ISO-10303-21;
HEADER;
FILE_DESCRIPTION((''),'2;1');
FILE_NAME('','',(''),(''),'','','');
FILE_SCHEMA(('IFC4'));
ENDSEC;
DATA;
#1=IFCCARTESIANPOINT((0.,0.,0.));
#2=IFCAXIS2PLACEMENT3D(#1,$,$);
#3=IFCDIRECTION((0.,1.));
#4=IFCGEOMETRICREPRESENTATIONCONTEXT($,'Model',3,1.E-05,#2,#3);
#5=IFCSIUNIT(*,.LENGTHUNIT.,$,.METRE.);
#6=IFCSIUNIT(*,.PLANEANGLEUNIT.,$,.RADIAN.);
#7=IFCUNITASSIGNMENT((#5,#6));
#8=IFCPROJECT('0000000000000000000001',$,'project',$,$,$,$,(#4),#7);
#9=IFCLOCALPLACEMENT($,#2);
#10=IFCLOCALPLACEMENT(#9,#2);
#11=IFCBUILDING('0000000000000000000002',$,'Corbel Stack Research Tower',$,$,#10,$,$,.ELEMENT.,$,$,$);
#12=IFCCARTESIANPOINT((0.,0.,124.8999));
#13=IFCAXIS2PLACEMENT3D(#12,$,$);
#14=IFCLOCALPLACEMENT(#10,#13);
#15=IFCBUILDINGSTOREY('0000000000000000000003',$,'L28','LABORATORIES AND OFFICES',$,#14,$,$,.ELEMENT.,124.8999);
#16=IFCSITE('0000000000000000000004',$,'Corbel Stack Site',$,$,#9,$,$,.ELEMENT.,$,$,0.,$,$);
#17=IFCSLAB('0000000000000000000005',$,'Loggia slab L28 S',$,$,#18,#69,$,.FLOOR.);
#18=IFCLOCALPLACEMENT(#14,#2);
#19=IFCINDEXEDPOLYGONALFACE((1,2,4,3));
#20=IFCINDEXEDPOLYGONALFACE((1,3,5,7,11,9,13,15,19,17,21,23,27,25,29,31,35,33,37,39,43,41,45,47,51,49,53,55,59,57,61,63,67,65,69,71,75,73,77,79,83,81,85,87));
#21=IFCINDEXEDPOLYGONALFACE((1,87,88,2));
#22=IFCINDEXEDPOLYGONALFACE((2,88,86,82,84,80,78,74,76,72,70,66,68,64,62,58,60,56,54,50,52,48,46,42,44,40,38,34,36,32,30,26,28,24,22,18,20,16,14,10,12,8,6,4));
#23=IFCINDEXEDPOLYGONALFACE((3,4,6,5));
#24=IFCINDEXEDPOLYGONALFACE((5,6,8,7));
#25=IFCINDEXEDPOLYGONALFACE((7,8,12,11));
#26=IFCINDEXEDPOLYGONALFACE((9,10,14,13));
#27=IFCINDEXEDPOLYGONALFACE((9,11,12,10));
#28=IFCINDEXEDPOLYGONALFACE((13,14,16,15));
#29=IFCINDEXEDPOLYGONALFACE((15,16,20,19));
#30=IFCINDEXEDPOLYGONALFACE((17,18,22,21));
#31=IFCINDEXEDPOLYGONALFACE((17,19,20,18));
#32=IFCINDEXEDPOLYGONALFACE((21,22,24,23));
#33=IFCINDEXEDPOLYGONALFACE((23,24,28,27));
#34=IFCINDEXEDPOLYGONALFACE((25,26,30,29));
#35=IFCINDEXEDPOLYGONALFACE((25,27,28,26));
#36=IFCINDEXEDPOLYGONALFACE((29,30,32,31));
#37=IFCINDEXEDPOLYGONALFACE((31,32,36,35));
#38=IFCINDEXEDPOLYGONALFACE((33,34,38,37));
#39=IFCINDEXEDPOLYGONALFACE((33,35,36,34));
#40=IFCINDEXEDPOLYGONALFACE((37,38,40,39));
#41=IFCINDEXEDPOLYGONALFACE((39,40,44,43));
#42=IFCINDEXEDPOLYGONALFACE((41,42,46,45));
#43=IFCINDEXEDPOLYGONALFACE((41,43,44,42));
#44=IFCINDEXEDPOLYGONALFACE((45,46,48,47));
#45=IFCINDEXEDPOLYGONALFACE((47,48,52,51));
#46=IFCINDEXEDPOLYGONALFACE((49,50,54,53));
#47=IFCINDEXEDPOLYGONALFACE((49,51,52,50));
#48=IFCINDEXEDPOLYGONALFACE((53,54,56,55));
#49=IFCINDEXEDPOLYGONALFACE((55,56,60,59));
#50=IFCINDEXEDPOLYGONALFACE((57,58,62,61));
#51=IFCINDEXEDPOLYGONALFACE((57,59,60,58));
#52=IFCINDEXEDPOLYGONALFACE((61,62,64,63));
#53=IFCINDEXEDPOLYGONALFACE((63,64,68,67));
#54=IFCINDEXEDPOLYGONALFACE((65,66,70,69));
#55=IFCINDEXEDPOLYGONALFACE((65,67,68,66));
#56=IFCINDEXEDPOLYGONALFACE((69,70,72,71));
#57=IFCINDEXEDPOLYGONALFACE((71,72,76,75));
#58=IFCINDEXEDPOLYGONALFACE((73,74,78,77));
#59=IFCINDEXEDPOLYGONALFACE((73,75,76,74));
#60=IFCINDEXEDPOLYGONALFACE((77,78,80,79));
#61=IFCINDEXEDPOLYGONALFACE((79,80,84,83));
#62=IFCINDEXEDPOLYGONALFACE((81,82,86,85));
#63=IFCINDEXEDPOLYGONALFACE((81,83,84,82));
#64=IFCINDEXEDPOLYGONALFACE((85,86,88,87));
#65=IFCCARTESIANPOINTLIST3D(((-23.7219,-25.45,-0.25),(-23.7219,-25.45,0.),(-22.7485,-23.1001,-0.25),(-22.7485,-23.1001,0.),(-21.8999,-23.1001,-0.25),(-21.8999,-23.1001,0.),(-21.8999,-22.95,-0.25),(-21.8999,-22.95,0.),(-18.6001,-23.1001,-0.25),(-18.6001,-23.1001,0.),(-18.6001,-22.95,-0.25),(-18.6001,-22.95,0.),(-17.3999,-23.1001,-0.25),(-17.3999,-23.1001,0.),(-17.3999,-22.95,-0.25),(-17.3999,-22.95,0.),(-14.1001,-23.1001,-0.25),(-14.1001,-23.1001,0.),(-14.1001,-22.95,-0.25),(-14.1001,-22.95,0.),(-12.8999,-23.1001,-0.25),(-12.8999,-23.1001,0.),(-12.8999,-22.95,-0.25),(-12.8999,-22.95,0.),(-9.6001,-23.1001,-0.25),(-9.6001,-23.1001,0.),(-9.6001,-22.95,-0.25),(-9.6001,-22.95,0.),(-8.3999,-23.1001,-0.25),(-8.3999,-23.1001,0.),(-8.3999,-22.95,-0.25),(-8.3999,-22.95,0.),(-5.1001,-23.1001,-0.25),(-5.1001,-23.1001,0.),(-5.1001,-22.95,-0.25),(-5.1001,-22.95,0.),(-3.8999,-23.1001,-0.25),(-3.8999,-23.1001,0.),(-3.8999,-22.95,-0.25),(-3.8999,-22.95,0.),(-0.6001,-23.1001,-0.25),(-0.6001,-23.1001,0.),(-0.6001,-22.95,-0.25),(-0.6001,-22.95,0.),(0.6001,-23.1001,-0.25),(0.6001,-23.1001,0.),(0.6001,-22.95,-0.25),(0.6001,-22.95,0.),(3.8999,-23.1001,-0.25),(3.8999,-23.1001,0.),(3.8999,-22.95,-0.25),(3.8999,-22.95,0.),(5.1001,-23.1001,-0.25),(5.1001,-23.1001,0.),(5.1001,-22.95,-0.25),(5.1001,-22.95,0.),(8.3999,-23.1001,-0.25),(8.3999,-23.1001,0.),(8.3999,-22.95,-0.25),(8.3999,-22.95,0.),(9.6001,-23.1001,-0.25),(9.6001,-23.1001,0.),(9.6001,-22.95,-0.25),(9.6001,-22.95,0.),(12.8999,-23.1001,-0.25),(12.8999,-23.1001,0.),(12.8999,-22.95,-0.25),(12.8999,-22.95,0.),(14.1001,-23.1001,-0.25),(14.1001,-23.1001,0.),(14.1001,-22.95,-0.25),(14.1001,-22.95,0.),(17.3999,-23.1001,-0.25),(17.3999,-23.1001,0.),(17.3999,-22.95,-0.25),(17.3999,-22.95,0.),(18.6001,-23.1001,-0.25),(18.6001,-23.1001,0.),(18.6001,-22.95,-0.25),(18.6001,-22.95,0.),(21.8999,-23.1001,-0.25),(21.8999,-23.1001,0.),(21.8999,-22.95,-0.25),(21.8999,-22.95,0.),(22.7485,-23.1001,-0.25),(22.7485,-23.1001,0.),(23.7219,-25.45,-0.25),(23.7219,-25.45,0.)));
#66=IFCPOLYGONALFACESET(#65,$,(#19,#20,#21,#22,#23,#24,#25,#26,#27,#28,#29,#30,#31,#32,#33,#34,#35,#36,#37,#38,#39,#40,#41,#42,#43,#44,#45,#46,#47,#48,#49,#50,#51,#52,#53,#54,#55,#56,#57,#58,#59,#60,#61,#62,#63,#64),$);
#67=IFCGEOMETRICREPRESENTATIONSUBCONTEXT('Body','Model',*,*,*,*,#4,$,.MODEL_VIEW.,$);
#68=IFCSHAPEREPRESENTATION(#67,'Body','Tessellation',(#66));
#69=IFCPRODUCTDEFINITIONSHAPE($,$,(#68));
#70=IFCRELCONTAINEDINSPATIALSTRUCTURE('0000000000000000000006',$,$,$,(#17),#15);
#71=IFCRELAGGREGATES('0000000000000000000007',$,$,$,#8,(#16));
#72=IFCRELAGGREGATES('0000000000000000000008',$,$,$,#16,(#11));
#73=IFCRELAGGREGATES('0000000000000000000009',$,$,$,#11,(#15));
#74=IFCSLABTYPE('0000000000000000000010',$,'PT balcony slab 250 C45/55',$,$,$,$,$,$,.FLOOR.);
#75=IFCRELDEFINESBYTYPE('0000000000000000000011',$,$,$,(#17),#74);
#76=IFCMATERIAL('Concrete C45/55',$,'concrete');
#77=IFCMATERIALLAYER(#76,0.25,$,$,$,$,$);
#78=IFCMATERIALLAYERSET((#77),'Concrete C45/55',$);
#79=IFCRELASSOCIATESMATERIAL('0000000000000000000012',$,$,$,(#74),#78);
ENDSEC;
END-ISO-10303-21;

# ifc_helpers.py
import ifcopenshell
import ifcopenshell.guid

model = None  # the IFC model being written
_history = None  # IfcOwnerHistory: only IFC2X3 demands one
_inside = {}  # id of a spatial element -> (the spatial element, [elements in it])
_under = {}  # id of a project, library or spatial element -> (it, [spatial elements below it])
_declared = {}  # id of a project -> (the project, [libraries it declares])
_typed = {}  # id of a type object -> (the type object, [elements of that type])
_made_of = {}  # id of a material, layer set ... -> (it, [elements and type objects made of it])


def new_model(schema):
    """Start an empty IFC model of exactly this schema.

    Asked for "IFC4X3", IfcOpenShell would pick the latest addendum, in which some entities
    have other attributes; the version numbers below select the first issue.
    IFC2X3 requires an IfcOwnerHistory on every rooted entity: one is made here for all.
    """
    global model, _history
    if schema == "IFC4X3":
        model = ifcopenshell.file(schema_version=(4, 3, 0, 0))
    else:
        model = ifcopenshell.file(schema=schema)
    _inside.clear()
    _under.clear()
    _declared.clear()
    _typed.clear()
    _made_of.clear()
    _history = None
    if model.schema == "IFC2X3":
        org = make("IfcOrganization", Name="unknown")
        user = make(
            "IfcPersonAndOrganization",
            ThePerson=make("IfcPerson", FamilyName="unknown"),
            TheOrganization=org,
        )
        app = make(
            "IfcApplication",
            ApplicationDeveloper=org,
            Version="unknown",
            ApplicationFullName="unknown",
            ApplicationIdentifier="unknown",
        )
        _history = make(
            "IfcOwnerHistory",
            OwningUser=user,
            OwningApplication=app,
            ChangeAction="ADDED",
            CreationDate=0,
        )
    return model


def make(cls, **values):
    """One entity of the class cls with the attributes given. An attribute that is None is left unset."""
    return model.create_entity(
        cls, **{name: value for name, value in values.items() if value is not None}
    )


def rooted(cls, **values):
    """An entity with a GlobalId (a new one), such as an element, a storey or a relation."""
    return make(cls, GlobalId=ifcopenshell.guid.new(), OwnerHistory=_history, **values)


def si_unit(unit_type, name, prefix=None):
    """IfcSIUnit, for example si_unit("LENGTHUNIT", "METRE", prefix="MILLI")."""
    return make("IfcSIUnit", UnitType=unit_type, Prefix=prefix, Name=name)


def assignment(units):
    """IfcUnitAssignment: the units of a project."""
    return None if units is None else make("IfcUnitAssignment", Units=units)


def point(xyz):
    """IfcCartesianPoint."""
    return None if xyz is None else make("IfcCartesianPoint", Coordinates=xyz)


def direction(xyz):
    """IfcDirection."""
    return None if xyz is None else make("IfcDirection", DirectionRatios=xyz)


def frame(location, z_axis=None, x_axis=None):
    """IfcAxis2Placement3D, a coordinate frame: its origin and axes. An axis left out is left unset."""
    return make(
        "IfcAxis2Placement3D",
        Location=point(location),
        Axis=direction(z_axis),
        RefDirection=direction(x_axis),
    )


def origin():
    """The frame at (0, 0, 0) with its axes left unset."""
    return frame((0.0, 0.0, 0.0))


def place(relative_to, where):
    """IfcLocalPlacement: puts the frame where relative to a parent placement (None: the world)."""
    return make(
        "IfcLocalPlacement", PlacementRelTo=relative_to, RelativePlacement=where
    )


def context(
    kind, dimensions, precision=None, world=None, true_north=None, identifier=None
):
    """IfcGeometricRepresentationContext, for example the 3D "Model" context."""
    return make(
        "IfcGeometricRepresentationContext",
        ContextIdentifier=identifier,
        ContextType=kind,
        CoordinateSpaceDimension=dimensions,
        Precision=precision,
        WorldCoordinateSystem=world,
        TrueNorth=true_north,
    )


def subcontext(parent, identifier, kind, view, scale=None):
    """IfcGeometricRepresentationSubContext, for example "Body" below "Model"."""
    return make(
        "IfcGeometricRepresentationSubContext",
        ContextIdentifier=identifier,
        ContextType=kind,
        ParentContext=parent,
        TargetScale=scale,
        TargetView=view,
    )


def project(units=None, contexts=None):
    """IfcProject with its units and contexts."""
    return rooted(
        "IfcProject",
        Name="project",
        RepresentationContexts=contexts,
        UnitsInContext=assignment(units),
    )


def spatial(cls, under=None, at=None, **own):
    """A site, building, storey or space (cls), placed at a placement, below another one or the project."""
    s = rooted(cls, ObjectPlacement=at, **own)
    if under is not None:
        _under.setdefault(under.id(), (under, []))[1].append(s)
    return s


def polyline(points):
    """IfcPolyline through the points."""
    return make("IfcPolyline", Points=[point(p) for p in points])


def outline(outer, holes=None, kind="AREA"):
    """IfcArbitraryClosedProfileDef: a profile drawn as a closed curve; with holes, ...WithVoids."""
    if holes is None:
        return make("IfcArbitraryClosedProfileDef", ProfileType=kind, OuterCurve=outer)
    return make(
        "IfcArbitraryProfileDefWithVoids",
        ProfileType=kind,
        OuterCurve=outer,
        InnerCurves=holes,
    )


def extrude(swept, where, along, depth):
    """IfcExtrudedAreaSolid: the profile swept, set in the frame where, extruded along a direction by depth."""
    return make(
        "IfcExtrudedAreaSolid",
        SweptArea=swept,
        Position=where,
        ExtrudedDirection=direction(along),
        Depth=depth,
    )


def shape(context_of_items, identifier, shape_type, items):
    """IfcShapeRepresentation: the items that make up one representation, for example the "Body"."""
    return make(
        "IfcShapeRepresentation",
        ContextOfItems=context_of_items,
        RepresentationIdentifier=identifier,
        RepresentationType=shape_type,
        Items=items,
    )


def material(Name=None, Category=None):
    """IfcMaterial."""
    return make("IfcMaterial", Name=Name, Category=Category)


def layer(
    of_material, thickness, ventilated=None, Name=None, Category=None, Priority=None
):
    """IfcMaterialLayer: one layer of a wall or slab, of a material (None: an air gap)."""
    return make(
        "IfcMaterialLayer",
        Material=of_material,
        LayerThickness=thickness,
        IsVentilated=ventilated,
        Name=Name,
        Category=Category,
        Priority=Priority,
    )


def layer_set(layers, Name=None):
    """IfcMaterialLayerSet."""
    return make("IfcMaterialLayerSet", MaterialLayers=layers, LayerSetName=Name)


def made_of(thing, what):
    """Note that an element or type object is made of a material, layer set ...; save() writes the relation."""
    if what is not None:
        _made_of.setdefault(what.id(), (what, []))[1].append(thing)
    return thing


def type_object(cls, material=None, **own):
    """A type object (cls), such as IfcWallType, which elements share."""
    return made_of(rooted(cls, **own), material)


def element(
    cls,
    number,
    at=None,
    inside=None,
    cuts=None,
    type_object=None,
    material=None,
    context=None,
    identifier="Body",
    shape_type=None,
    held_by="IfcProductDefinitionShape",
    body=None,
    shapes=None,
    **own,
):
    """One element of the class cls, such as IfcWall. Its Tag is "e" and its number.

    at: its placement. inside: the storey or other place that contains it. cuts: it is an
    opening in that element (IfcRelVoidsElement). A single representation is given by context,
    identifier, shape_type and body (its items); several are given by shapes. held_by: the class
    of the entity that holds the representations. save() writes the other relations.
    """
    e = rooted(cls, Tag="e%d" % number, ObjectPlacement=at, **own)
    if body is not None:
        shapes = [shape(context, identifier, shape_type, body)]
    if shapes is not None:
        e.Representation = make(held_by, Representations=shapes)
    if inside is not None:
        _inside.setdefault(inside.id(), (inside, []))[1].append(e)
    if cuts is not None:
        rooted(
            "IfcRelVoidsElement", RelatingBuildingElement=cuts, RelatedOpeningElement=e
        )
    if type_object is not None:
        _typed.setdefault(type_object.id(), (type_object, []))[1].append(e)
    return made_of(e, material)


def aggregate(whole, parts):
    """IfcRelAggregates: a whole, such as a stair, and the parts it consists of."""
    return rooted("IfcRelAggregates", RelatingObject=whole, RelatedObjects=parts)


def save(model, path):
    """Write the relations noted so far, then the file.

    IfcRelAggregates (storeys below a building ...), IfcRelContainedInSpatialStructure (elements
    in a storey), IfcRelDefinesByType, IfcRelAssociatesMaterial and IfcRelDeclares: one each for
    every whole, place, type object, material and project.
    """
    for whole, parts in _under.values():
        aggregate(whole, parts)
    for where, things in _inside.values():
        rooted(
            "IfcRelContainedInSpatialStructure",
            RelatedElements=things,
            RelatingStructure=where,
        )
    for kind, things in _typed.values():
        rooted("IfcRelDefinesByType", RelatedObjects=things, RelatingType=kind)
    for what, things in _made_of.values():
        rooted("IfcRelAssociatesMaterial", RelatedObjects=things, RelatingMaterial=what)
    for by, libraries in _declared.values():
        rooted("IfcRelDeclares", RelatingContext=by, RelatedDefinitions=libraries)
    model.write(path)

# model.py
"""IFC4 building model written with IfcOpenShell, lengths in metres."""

from ifc_helpers import new_model, si_unit, direction, frame, origin, place, context, subcontext, project, spatial, polyline, outline, extrude, material, layer, layer_set, type_object, element, save


model = new_model("IFC4")

# Units and contexts
model_context = context("Model", 3, precision=1e-05, world=origin(), true_north=direction((0.0, 1.0)))
body_context = subcontext(model_context, "Body", "Model", "MODEL_VIEW")
ifc_project = project(units=[si_unit("LENGTHUNIT", "METRE"), si_unit("PLANEANGLEUNIT", "RADIAN")], contexts=[model_context])

# Site, building, storey
site_placement = place(None, origin())
site = spatial("IfcSite", under=ifc_project, at=site_placement, Name="Corbel Stack Site", CompositionType="ELEMENT", RefElevation=0.0)
building_placement = place(site_placement, origin())
building = spatial("IfcBuilding", under=site, at=building_placement, Name="Corbel Stack Research Tower", CompositionType="ELEMENT")
storey_placement = place(building_placement, frame((0.0, 0.0, 124.8999)))
storey = spatial("IfcBuildingStorey", under=building, at=storey_placement, Name="L28", Description="LABORATORIES AND OFFICES", CompositionType="ELEMENT", Elevation=124.8999)

# Slab
ifc_material_1 = material(Name="Concrete C45/55", Category="concrete")
ifc_layer_1 = layer(ifc_material_1, 0.25)
ifc_layer_set_1 = layer_set([ifc_layer_1], Name="Concrete C45/55")
slab_type_1 = type_object("IfcSlabType", Name="PT balcony slab 250 C45/55", PredefinedType="FLOOR", material=ifc_layer_set_1)
slab_1_placement = place(storey_placement, frame((0.0, 0.0, -0.25)))
element("IfcSlab", 1, at=slab_1_placement, inside=storey, type_object=slab_type_1, Name="Loggia slab L28 S", PredefinedType="FLOOR", context=body_context, shape_type="SweptSolid", body=[
    extrude(outline(polyline([(22.7485, -23.1001), (21.8999, -23.1001), (21.8999, -22.95), (18.6001, -22.95), (18.6001, -23.1001), (17.3999, -23.1001), (17.3999, -22.95), (14.1001, -22.95), (14.1001, -23.1001), (12.8999, -23.1001), (12.8999, -22.95), (9.6001, -22.95), (9.6001, -23.1001), (8.3999, -23.1001), (8.3999, -22.95), (5.1001, -22.95), (5.1001, -23.1001), (3.8999, -23.1001), (3.8999, -22.95), (0.6001, -22.95), (0.6001, -23.1001), (-0.6001, -23.1001), (-0.6001, -22.95), (-3.8999, -22.95), (-3.8999, -23.1001), (-5.1001, -23.1001), (-5.1001, -22.95), (-8.3999, -22.95), (-8.3999, -23.1001), (-9.6001, -23.1001), (-9.6001, -22.95), (-12.8999, -22.95), (-12.8999, -23.1001), (-14.1001, -23.1001), (-14.1001, -22.95), (-17.3999, -22.95), (-17.3999, -23.1001), (-18.6001, -23.1001), (-18.6001, -22.95), (-21.8999, -22.95), (-21.8999, -23.1001), (-22.7485, -23.1001), (-23.7219, -25.45), (23.7219, -25.45), (22.7485, -23.1001)])), origin(), (0.0, 0.0, 1.0), 0.25),
])

save(model, "model.ifc")
